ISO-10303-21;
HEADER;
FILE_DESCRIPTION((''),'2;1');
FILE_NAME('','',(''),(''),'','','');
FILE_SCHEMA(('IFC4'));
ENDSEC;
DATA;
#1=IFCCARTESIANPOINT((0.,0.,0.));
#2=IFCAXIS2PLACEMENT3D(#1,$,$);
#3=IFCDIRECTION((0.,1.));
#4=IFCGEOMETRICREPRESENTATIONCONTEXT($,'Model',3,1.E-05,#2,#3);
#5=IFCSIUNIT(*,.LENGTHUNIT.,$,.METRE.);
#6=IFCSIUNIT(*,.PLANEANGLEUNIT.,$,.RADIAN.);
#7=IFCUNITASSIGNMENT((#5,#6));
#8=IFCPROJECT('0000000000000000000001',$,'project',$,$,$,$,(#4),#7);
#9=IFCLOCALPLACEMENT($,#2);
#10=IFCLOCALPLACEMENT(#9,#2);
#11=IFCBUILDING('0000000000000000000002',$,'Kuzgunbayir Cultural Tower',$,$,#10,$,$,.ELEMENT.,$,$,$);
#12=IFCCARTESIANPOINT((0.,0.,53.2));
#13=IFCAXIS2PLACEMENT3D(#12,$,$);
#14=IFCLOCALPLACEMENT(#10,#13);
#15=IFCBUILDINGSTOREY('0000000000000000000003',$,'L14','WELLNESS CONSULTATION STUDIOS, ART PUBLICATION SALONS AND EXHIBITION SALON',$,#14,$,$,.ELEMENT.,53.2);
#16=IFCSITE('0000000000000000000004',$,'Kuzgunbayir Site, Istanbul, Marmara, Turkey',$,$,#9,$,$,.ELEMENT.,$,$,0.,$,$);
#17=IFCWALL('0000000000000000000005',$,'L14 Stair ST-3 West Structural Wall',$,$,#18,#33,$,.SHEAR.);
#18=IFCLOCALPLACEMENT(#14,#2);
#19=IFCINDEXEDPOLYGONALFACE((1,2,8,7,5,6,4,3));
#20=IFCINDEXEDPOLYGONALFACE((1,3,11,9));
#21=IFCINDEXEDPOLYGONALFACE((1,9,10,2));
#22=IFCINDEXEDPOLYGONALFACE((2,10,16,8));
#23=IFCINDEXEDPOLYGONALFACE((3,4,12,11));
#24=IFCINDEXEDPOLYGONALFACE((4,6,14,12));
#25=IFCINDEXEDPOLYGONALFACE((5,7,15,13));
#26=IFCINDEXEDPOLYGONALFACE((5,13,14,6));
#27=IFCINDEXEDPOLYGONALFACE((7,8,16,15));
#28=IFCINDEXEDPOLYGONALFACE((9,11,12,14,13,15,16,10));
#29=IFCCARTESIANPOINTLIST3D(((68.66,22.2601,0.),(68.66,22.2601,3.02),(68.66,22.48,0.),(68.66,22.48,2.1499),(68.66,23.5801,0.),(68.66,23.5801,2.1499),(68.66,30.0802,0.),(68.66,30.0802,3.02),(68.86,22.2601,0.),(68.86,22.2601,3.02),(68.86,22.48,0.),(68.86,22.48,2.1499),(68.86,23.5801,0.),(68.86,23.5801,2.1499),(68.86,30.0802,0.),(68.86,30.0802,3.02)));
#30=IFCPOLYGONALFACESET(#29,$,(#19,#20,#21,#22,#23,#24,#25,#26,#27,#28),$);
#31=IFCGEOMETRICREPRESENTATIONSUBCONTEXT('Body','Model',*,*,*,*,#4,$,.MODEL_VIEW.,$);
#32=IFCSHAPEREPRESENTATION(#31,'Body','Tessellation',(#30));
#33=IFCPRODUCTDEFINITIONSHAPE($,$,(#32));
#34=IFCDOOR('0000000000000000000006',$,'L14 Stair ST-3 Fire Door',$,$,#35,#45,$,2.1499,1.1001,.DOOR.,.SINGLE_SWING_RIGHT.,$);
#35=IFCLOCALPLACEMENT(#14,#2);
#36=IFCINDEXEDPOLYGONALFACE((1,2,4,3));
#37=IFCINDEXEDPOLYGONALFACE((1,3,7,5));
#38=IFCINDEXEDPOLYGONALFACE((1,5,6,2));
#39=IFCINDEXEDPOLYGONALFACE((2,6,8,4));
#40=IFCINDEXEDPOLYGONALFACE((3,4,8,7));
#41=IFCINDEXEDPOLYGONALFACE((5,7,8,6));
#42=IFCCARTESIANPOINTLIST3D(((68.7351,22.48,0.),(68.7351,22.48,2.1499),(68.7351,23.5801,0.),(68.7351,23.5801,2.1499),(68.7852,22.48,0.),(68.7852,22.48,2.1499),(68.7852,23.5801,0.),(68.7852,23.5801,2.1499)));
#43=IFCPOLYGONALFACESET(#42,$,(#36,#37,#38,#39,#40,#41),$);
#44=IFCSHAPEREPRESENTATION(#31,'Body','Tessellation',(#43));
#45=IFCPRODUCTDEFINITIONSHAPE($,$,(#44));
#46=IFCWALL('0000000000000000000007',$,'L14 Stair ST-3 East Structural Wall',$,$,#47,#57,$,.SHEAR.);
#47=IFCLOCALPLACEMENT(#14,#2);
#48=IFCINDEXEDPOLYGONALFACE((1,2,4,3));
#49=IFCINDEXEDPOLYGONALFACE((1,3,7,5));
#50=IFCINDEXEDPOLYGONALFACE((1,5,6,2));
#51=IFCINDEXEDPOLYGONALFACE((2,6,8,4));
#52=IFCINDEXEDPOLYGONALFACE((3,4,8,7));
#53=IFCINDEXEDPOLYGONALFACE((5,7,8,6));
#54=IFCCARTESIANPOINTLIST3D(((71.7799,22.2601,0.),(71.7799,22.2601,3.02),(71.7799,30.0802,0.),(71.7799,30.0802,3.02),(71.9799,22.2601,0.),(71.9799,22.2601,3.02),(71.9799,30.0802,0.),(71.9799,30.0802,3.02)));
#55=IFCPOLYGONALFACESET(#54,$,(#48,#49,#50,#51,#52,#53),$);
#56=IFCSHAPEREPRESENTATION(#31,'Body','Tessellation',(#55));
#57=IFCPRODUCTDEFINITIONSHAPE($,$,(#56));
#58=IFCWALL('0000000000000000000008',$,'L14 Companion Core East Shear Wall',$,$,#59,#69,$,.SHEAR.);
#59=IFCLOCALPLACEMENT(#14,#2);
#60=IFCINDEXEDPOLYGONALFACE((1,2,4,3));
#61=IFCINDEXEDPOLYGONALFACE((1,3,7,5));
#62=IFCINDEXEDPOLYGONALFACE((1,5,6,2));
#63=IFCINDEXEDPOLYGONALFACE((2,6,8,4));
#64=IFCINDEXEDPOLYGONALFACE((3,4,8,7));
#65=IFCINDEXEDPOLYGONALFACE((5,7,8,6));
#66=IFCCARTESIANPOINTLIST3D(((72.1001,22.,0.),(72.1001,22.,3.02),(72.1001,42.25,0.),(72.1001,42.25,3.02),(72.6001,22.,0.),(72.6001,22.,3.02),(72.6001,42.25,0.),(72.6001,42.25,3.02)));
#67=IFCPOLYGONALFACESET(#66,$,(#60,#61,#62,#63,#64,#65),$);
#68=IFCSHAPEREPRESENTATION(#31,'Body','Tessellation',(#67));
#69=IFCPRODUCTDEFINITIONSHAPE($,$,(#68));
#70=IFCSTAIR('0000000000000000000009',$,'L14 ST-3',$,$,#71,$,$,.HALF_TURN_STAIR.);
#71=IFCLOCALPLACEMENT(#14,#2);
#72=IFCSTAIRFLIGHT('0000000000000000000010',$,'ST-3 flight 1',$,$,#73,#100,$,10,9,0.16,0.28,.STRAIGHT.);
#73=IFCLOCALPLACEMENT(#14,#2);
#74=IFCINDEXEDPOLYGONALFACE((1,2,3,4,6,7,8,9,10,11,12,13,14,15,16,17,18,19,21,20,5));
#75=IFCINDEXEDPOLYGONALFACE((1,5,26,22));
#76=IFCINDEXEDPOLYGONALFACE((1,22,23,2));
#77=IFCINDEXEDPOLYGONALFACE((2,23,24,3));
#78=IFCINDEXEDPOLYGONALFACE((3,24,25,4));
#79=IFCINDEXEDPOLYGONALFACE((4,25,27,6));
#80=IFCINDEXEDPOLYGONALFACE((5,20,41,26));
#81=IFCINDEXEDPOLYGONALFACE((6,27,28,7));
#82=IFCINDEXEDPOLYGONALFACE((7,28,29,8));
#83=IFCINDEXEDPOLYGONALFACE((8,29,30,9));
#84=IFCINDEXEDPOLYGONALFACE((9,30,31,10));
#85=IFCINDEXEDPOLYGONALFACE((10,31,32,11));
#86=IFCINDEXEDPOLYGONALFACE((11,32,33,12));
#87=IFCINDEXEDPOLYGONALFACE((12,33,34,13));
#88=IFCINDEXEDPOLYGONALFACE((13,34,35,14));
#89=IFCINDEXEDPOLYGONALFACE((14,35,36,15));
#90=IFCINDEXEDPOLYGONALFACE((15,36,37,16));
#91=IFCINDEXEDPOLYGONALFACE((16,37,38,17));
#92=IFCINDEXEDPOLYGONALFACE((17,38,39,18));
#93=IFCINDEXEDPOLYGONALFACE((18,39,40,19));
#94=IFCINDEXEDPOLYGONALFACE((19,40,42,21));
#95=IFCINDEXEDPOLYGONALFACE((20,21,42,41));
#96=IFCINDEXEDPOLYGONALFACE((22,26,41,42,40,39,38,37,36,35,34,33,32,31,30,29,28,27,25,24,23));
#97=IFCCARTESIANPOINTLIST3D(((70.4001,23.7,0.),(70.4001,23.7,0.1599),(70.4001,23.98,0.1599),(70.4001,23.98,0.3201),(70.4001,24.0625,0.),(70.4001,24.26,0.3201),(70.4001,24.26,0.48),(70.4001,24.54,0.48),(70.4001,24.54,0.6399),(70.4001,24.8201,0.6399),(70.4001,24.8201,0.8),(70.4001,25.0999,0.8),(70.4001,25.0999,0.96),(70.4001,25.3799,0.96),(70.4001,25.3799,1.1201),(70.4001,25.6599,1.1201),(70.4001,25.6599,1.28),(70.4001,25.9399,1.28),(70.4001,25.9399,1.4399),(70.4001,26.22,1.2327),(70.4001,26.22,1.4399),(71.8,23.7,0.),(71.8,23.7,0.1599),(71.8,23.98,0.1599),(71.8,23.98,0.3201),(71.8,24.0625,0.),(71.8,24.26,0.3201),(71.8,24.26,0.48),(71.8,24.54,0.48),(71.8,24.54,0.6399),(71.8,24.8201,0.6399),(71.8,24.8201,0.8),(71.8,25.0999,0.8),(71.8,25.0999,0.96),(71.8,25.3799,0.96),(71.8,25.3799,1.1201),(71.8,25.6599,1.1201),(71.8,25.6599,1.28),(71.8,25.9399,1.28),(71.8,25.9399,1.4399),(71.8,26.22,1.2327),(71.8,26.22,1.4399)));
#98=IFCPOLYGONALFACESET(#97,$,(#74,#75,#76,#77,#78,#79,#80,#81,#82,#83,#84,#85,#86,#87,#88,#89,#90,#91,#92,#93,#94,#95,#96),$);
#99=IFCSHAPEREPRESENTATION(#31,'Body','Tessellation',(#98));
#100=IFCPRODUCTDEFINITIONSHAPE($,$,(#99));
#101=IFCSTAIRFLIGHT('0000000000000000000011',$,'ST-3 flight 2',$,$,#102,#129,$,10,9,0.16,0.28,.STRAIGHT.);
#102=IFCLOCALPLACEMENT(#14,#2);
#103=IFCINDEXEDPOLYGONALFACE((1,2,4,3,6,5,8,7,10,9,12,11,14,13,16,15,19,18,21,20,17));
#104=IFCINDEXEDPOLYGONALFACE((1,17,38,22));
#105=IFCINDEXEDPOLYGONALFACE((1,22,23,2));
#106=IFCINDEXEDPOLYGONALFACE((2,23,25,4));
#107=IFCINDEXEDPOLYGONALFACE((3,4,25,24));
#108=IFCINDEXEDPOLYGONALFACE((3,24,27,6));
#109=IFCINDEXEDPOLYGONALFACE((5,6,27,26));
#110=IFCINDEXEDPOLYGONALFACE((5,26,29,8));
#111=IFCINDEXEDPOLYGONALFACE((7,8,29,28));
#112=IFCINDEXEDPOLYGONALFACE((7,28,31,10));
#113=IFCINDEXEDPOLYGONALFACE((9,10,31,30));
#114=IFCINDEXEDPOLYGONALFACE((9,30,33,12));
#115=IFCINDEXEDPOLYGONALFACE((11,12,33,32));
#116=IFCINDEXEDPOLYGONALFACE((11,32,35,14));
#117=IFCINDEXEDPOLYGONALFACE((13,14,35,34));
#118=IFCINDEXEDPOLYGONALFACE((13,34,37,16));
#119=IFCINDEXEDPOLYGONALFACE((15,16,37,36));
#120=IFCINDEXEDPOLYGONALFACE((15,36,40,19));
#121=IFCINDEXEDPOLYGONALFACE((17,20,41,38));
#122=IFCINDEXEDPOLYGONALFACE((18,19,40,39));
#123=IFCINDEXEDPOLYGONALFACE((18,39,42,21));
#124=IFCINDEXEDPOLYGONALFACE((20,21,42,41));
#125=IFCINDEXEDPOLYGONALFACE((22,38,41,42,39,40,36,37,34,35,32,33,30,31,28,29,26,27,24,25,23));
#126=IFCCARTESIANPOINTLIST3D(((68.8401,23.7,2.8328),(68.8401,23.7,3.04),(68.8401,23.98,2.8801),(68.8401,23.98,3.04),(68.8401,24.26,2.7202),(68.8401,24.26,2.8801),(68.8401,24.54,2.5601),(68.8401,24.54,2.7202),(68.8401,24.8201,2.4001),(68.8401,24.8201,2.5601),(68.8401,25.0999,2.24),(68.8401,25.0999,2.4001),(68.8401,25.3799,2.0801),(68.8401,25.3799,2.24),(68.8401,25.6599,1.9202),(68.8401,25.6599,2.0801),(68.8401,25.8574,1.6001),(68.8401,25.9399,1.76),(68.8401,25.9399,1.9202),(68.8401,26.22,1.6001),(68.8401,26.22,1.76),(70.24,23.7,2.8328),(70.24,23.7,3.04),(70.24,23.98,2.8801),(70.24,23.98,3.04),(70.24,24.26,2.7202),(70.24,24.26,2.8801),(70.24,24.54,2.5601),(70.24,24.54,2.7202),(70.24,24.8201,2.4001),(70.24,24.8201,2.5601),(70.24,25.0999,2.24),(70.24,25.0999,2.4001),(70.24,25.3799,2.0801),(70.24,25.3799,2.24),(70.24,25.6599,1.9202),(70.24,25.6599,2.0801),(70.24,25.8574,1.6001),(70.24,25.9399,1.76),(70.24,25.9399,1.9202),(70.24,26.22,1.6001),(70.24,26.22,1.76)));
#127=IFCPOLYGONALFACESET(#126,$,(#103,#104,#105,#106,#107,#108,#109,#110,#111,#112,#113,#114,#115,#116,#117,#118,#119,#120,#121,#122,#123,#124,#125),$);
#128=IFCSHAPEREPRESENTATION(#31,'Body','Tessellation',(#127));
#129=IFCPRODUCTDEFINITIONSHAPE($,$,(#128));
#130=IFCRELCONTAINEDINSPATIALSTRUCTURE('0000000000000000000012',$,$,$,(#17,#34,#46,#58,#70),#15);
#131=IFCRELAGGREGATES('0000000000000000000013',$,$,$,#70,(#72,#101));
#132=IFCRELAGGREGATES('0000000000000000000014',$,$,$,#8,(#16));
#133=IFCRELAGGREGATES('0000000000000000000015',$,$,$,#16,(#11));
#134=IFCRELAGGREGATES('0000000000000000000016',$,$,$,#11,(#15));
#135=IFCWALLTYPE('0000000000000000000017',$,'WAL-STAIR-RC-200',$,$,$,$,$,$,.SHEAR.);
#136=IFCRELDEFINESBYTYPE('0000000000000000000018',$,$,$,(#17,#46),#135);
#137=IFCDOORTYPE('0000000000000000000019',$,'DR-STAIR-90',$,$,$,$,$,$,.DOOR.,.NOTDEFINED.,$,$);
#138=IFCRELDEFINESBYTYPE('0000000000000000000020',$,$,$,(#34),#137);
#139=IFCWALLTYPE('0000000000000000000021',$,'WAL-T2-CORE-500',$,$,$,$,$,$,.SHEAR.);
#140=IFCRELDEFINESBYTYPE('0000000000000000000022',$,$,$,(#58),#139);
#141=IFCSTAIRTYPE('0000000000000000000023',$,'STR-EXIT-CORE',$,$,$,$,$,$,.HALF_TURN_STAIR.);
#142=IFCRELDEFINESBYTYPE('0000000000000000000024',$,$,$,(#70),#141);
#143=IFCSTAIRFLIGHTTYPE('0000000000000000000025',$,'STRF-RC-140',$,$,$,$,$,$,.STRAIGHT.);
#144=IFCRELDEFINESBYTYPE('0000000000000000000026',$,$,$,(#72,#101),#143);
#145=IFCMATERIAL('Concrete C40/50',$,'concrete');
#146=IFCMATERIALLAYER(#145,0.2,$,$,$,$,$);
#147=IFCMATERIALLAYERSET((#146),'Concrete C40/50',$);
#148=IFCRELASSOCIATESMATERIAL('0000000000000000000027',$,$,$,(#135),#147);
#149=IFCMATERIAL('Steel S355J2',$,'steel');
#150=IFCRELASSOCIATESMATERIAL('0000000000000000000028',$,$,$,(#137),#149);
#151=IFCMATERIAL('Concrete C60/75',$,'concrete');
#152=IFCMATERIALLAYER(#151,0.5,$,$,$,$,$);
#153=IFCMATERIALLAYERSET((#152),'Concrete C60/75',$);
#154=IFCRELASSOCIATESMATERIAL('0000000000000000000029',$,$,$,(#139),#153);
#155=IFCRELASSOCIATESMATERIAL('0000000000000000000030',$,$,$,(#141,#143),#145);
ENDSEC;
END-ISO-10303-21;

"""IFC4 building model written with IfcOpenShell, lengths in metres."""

from ifc_helpers import new_model, si_unit, direction, frame, frame_2d, origin, place, context, subcontext, project, spatial, polyline, rectangle, outline, extrude, material, layer, layer_set, type_object, element, fill, aggregate, save


model = new_model("IFC4")

# Units and contexts
model_context = context("Model", 3, precision=1e-05, world=origin(), true_north=direction((0.0, 1.0)))
body_context = subcontext(model_context, "Body", "Model", "MODEL_VIEW")
ifc_project = project(units=[si_unit("LENGTHUNIT", "METRE"), si_unit("PLANEANGLEUNIT", "RADIAN")], contexts=[model_context])

# Site, building, storey
site_placement = place(None, origin())
site = spatial("IfcSite", under=ifc_project, at=site_placement, Name="Kuzgunbayir Site, Istanbul, Marmara, Turkey", CompositionType="ELEMENT", RefElevation=0.0)
building_placement = place(site_placement, origin())
building = spatial("IfcBuilding", under=site, at=building_placement, Name="Kuzgunbayir Cultural Tower", CompositionType="ELEMENT")
storey_placement = place(building_placement, frame((0.0, 0.0, 53.2)))
storey = spatial("IfcBuildingStorey", under=building, at=storey_placement, Name="L14", Description="WELLNESS CONSULTATION STUDIOS, ART PUBLICATION SALONS AND EXHIBITION SALON", CompositionType="ELEMENT", Elevation=53.2)

# Shared definitions
ifc_material_1 = material(Name="Concrete C60/75", Category="concrete")

# Shared definitions
ifc_material_2 = material(Name="Steel S355J2", Category="steel")

# Wall, opening, door
ifc_material_3 = material(Name="Concrete C40/50", Category="concrete")
ifc_layer_1 = layer(ifc_material_3, 0.2)
ifc_layer_set_1 = layer_set([ifc_layer_1], Name="Concrete C40/50")
wall_type_1 = type_object("IfcWallType", Name="WAL-STAIR-RC-200", PredefinedType="SHEAR", material=ifc_layer_set_1)
wall_1_placement = place(storey_placement, frame((68.76, 22.26, 0.0), z_axis=(0.0, 0.0, 1.0), x_axis=(0.0, 1.0, 0.0)))
wall_1 = element("IfcWall", 1, at=wall_1_placement, inside=storey, type_object=wall_type_1, Name="L14 Stair ST-3 West Structural Wall", PredefinedType="SHEAR", context=body_context, shape_type="SweptSolid", body=[
    extrude(rectangle(XDim=7.8201, YDim=0.2, at=frame_2d((3.9102, 0.0))), origin(), (0.0, 0.0, 1.0), 3.02),
])
opening_1_placement = place(wall_1_placement, frame((0.22, 0.0, 0.0)))
opening_1 = element("IfcOpeningElement", 2, at=opening_1_placement, cuts=wall_1, PredefinedType="OPENING", context=body_context, shape_type="SweptSolid", body=[
    extrude(rectangle(XDim=1.1001, YDim=2.1499, at=frame_2d((0.55, 1.075))), frame((0.0, 0.1099, 0.0), z_axis=(0.0, -1.0, 0.0), x_axis=(1.0, 0.0, 0.0)), (0.0, 0.0, 1.0), 0.22),
])
door_type_1 = type_object("IfcDoorType", Name="DR-STAIR-90", OperationType="NOTDEFINED", PredefinedType="DOOR", material=ifc_material_2)
door_1_placement = place(opening_1_placement, origin())
door_1 = element("IfcDoor", 3, at=door_1_placement, inside=storey, type_object=door_type_1, Name="L14 Stair ST-3 Fire Door", OperationType="SINGLE_SWING_RIGHT", OverallHeight=2.1499, OverallWidth=1.1001, PredefinedType="DOOR", context=body_context, shape_type="SweptSolid", body=[
    extrude(rectangle(XDim=1.1001, YDim=2.1499, at=frame_2d((0.55, 1.075))), frame((0.0, 0.0249, 0.0), z_axis=(0.0, -1.0, 0.0), x_axis=(1.0, 0.0, 0.0)), (0.0, 0.0, 1.0), 0.05),
])
fill(opening_1, door_1)

# Walls
wall_2_placement = place(storey_placement, frame((71.8799, 22.26, 0.0), z_axis=(0.0, 0.0, 1.0), x_axis=(0.0, 1.0, 0.0)))
element("IfcWall", 4, at=wall_2_placement, inside=storey, type_object=wall_type_1, Name="L14 Stair ST-3 East Structural Wall", PredefinedType="SHEAR", context=body_context, shape_type="SweptSolid", body=[
    extrude(rectangle(XDim=7.8201, YDim=0.2, at=frame_2d((3.9102, 0.0))), origin(), (0.0, 0.0, 1.0), 3.02),
])
ifc_layer_2 = layer(ifc_material_1, 0.5)
ifc_layer_set_2 = layer_set([ifc_layer_2], Name="Concrete C60/75")
wall_type_2 = type_object("IfcWallType", Name="WAL-T2-CORE-500", PredefinedType="SHEAR", material=ifc_layer_set_2)
wall_3_placement = place(storey_placement, frame((72.3501, 22.0, 0.0), z_axis=(0.0, 0.0, 1.0), x_axis=(0.0, 1.0, 0.0)))
element("IfcWall", 5, at=wall_3_placement, inside=storey, type_object=wall_type_2, Name="L14 Companion Core East Shear Wall", PredefinedType="SHEAR", context=body_context, shape_type="SweptSolid", body=[
    extrude(rectangle(XDim=20.25, YDim=0.5, at=frame_2d((10.125, 0.0))), origin(), (0.0, 0.0, 1.0), 3.02),
])

# Stair, stair flights
stair_type = type_object("IfcStairType", Name="STR-EXIT-CORE", PredefinedType="HALF_TURN_STAIR", material=ifc_material_3)
stair_placement = place(storey_placement, origin())
stair = element("IfcStair", 6, at=stair_placement, inside=storey, type_object=stair_type, Name="L14 ST-3", PredefinedType="HALF_TURN_STAIR")
stair_flight_type = type_object("IfcStairFlightType", Name="STRF-RC-140", PredefinedType="STRAIGHT", material=ifc_material_3)
stair_flight_1_placement = place(storey_placement, frame((71.1001, 23.7, 0.0), z_axis=(0.0, 0.0, 1.0), x_axis=(0.0, 1.0, 0.0)))
stair_flight_1 = element("IfcStairFlight", 7, at=stair_flight_1_placement, type_object=stair_flight_type, Name="ST-3 flight 1", NumberOfRisers=10, NumberOfTreads=9, PredefinedType="STRAIGHT", RiserHeight=0.16, TreadLength=0.28, context=body_context, shape_type="SweptSolid", body=[
    extrude(outline(polyline([(0.0, 0.0), (0.0, 0.1599), (0.28, 0.1599), (0.28, 0.3201), (0.5601, 0.3201), (0.5601, 0.48), (0.8401, 0.48), (0.8401, 0.6399), (1.1201, 0.6399), (1.1201, 0.8), (1.3999, 0.8), (1.3999, 0.96), (1.6799, 0.96), (1.6799, 1.1201), (1.96, 1.1201), (1.96, 1.28), (2.24, 1.28), (2.24, 1.4399), (2.52, 1.4399), (2.52, 1.6001), (2.52, 1.2327), (0.3625, 0.0), (0.0, 0.0)])), frame((0.0, 0.7, 0.0), z_axis=(0.0, -1.0, 0.0), x_axis=(1.0, 0.0, 0.0)), (0.0, 0.0, 1.0), 1.3999),
])
stair_flight_2_placement = place(storey_placement, frame((69.54, 26.22, 1.6001), z_axis=(0.0, 0.0, 1.0), x_axis=(0.0, -1.0, 0.0)))
stair_flight_2 = element("IfcStairFlight", 8, at=stair_flight_2_placement, type_object=stair_flight_type, Name="ST-3 flight 2", NumberOfRisers=10, NumberOfTreads=9, PredefinedType="STRAIGHT", RiserHeight=0.16, TreadLength=0.28, context=body_context, shape_type="SweptSolid", body=[
    extrude(outline(polyline([(0.0, 0.0), (0.0, 0.1599), (0.28, 0.1599), (0.28, 0.3201), (0.5601, 0.3201), (0.5601, 0.48), (0.8401, 0.48), (0.8401, 0.6399), (1.1201, 0.6399), (1.1201, 0.8), (1.3999, 0.8), (1.3999, 0.96), (1.6799, 0.96), (1.6799, 1.1201), (1.96, 1.1201), (1.96, 1.28), (2.24, 1.28), (2.24, 1.4399), (2.52, 1.4399), (2.52, 1.6001), (2.52, 1.2327), (0.3625, 0.0), (0.0, 0.0)])), frame((0.0, 0.7, 0.0), z_axis=(0.0, -1.0, 0.0), x_axis=(1.0, 0.0, 0.0)), (0.0, 0.0, 1.0), 1.3999),
])
aggregate(stair, [stair_flight_1, stair_flight_2])

save(model, "model.ifc")
